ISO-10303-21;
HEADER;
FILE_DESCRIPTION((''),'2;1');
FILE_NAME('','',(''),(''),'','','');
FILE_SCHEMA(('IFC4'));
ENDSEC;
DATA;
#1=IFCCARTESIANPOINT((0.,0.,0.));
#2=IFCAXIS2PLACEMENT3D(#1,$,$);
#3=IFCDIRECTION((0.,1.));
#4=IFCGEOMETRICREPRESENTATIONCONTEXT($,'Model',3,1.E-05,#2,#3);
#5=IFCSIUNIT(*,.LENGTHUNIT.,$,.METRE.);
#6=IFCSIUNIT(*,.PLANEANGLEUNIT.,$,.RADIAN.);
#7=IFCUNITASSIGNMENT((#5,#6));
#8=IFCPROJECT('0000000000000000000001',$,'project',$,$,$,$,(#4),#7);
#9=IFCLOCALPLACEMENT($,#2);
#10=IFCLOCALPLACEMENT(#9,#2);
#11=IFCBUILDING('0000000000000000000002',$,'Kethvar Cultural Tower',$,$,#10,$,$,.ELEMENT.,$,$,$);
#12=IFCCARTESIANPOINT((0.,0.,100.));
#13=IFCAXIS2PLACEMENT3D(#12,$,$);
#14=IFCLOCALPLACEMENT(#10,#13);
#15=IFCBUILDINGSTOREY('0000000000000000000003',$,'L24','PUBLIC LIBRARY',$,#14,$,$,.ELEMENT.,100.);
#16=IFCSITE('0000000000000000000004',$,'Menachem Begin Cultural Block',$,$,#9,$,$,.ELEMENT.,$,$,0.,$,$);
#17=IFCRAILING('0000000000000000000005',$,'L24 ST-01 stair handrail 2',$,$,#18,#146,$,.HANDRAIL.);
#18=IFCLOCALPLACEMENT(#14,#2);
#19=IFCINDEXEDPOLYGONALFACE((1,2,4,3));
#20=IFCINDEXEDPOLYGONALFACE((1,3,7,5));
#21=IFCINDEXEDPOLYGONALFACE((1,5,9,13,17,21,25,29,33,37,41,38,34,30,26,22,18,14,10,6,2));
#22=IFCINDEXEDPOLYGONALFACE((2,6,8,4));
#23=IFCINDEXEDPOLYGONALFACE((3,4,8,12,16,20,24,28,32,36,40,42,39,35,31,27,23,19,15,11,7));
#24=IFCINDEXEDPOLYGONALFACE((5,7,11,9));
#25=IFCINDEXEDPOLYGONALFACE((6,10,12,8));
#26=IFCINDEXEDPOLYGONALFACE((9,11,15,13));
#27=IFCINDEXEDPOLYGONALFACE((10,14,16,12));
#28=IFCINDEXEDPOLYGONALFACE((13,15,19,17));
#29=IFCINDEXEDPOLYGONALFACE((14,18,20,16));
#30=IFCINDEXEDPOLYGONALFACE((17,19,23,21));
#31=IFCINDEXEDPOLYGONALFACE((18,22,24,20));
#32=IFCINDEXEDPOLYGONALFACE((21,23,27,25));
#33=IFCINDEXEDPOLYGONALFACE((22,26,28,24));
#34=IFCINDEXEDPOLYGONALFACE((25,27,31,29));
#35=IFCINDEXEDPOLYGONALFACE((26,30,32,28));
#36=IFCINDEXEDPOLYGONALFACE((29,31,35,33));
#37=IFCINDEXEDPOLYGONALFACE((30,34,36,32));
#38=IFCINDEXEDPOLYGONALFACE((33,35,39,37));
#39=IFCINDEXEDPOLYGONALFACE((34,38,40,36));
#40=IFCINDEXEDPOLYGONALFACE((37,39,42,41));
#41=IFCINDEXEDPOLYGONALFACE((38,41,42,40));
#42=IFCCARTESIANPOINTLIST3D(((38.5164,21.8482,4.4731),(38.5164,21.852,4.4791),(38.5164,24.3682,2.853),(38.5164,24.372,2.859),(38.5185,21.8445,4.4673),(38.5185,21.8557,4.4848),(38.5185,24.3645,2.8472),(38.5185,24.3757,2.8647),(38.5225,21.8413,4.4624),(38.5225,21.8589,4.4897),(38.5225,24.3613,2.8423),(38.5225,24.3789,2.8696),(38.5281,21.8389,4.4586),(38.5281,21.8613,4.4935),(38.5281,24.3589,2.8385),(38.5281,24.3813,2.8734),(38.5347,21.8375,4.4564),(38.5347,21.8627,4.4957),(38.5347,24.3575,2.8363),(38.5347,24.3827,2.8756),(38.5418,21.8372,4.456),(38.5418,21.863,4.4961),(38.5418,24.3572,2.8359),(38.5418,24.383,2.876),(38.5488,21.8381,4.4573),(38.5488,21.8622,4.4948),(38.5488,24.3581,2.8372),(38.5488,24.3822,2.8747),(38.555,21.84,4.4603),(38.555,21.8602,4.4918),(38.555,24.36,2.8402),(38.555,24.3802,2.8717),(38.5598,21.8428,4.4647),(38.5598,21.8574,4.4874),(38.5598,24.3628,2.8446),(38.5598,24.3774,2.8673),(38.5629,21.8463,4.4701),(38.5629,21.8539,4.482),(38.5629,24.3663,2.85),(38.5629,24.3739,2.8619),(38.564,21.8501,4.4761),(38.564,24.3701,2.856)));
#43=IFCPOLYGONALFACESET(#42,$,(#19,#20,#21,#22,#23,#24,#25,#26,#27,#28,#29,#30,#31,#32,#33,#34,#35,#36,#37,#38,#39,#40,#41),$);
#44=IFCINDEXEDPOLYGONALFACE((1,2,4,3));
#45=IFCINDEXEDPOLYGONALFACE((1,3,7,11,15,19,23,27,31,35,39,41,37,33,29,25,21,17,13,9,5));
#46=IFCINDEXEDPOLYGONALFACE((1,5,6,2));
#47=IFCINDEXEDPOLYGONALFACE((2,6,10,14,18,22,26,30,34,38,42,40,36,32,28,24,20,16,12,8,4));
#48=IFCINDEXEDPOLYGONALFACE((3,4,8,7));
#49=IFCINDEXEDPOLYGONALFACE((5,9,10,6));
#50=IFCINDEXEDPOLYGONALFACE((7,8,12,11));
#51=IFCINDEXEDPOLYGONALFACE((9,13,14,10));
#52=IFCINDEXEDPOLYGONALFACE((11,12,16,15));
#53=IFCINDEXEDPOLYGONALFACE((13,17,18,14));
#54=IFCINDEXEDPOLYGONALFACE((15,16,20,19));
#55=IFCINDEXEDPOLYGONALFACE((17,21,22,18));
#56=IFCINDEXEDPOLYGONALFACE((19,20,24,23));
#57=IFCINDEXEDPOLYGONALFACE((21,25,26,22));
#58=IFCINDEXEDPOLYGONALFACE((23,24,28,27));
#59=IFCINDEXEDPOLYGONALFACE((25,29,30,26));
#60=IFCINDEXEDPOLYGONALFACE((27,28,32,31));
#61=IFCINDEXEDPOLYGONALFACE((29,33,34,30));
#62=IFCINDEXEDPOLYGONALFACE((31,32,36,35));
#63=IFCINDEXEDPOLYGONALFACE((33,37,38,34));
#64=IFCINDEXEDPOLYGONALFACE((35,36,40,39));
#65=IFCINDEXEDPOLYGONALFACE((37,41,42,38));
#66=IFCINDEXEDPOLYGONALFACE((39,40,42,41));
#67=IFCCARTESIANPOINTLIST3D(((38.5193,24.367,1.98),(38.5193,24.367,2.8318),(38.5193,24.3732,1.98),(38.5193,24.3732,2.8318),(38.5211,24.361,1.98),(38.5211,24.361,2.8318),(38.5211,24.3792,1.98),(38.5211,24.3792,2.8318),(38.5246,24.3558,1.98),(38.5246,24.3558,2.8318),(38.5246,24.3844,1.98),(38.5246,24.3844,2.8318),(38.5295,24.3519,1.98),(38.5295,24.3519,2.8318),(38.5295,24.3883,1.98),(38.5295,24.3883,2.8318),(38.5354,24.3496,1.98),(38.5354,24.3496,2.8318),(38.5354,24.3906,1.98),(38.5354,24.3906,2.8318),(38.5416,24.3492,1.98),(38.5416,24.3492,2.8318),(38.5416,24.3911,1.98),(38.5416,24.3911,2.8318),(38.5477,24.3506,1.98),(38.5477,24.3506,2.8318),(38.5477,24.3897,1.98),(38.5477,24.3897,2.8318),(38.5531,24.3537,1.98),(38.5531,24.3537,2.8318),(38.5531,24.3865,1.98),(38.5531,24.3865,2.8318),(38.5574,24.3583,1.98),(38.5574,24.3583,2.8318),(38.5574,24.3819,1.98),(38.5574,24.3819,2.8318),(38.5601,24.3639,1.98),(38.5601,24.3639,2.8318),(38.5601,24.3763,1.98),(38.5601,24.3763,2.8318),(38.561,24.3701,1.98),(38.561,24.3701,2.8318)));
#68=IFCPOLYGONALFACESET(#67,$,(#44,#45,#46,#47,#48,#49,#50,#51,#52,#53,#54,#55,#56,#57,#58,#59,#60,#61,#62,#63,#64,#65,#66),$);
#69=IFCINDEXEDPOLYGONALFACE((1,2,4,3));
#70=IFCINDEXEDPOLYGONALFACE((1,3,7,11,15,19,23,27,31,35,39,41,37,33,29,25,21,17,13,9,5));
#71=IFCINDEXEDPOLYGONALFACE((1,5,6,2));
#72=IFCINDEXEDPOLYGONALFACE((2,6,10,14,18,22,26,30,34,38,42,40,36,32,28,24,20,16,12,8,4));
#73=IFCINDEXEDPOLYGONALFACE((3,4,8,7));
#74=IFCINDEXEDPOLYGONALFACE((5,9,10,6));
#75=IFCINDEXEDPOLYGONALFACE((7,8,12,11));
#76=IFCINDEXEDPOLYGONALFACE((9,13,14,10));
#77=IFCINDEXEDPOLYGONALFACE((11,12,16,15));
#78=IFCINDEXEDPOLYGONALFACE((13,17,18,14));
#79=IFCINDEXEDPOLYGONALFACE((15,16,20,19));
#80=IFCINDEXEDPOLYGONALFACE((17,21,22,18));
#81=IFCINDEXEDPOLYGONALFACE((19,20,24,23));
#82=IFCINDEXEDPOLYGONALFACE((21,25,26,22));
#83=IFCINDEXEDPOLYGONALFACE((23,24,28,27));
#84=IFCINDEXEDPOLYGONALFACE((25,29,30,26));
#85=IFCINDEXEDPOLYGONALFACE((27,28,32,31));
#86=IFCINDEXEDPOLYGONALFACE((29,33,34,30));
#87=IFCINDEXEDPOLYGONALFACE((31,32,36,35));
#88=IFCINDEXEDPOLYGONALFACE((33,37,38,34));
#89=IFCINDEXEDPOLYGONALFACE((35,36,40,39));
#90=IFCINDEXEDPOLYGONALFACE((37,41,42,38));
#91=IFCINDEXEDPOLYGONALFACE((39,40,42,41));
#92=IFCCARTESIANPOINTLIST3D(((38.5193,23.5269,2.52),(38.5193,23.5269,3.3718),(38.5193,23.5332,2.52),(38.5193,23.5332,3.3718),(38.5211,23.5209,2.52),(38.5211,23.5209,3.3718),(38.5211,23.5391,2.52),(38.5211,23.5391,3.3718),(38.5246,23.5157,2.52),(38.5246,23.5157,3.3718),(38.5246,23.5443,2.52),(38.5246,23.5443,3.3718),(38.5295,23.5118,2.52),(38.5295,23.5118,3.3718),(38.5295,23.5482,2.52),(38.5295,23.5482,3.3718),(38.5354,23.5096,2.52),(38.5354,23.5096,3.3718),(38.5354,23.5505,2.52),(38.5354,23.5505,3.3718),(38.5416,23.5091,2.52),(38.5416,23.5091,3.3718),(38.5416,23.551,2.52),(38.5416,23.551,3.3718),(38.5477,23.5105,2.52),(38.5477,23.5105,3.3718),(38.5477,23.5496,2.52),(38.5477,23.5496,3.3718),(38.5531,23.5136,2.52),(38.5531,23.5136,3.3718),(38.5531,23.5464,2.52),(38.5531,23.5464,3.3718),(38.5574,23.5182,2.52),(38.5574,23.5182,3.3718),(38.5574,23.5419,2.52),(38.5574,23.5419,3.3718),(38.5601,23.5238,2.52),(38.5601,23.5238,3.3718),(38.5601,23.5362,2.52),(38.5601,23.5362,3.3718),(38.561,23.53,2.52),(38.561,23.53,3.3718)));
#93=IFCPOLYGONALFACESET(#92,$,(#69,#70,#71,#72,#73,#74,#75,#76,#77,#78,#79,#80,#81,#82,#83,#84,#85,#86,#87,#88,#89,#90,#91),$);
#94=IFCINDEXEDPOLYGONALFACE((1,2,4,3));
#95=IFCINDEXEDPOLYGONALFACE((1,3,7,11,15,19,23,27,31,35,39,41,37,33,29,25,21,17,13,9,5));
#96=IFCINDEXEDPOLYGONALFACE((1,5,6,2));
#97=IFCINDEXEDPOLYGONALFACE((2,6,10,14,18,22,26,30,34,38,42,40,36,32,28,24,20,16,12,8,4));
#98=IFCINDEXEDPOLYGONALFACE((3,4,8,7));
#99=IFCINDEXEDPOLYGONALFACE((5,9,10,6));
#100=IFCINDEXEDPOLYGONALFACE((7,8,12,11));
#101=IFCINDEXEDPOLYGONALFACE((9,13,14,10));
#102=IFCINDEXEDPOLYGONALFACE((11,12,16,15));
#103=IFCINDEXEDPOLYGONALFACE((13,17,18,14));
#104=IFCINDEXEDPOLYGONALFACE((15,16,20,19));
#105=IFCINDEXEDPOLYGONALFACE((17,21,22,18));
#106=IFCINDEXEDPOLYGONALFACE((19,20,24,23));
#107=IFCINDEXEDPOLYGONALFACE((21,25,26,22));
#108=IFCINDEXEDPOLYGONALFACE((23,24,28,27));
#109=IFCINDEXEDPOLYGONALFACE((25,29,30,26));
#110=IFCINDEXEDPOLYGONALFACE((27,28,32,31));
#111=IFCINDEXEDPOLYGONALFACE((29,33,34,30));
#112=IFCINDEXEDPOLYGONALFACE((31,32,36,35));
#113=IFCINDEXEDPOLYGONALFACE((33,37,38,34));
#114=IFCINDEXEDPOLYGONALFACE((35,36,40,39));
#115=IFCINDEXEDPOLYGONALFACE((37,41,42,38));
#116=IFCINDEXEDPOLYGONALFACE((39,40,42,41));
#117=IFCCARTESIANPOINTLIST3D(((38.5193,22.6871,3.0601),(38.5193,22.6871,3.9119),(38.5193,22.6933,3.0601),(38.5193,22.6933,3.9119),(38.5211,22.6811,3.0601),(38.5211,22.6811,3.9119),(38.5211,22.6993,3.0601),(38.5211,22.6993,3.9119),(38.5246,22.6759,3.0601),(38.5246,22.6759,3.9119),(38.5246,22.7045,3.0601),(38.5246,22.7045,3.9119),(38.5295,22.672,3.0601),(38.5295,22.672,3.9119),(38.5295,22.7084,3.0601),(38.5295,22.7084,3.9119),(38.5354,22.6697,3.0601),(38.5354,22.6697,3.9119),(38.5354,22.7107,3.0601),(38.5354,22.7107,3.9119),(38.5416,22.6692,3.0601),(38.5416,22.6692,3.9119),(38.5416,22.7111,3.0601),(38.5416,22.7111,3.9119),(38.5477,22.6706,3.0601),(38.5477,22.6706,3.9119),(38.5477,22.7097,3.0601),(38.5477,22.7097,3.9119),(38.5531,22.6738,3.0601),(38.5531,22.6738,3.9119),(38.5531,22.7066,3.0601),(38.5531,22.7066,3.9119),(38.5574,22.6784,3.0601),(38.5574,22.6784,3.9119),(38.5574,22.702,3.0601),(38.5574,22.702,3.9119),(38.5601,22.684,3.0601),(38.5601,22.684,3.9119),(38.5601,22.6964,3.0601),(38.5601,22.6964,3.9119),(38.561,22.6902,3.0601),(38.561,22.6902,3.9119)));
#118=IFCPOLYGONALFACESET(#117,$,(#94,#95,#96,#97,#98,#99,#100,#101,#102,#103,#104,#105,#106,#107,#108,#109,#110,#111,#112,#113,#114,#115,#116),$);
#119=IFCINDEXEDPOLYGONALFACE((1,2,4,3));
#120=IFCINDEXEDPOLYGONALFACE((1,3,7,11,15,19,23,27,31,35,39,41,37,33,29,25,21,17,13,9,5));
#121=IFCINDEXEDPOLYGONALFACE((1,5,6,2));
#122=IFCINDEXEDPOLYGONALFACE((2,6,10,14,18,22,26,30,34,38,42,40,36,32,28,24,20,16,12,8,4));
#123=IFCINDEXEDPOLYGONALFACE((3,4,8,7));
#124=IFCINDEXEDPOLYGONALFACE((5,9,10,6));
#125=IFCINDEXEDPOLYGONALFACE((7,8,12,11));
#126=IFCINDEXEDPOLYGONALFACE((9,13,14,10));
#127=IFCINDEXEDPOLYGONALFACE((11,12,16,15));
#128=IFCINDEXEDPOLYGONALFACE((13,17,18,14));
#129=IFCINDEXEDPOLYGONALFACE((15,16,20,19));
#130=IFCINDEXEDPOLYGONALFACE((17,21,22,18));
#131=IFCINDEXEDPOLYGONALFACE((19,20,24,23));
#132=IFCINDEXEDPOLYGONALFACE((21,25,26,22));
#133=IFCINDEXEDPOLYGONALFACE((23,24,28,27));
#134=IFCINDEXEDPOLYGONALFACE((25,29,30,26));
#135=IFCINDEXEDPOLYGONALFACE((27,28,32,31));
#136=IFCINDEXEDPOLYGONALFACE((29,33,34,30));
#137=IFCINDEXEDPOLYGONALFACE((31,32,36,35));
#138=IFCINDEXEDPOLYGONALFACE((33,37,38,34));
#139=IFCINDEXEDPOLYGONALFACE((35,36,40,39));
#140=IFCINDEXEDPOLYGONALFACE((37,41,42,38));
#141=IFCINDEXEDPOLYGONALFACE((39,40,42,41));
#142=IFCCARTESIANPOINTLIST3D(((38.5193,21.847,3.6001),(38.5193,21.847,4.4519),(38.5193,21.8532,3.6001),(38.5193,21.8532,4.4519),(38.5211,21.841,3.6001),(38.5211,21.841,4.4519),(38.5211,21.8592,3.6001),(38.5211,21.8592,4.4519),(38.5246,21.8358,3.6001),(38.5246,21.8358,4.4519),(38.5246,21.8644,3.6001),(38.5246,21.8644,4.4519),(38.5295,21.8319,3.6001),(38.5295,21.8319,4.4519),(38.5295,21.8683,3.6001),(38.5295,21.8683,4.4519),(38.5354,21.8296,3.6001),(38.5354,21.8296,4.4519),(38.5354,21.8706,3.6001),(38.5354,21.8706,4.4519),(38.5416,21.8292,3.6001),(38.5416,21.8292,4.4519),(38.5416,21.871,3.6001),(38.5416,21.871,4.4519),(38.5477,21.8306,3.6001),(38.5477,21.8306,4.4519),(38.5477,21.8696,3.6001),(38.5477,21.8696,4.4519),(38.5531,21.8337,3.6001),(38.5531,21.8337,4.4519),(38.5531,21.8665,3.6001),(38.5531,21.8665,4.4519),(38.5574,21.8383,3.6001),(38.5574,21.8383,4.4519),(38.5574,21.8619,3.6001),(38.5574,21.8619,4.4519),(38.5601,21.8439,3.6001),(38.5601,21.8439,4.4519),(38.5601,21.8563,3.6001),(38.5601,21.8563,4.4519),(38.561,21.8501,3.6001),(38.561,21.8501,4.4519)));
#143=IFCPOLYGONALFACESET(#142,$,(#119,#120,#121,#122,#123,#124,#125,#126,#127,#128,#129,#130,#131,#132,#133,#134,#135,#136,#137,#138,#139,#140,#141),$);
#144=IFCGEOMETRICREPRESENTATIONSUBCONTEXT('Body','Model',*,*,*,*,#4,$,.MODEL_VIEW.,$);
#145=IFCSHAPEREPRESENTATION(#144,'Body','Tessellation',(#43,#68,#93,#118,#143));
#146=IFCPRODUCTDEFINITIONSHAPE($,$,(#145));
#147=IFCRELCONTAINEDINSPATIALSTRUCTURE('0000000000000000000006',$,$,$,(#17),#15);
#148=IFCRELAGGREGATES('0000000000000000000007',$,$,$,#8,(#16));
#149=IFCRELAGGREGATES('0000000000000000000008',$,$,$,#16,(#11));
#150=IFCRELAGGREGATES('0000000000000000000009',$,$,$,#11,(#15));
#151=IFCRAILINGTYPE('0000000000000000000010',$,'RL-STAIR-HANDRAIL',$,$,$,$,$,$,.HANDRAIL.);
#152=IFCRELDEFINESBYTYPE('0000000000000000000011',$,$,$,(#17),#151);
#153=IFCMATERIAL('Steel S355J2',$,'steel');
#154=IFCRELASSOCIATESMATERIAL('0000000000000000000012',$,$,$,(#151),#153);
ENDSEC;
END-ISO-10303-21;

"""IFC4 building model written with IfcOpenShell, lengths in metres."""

from ifc_helpers import new_model, si_unit, direction, frame, origin, origin_2d, place, context, subcontext, project, spatial, circle, extrude, material, type_object, element, save


model = new_model("IFC4")

# Units and contexts
model_context = context("Model", 3, precision=1e-05, world=origin(), true_north=direction((0.0, 1.0)))
body_context = subcontext(model_context, "Body", "Model", "MODEL_VIEW")
ifc_project = project(units=[si_unit("LENGTHUNIT", "METRE"), si_unit("PLANEANGLEUNIT", "RADIAN")], contexts=[model_context])

# Site, building, storey
site_placement = place(None, origin())
site = spatial("IfcSite", under=ifc_project, at=site_placement, Name="Menachem Begin Cultural Block", CompositionType="ELEMENT", RefElevation=0.0)
building_placement = place(site_placement, origin())
building = spatial("IfcBuilding", under=site, at=building_placement, Name="Kethvar Cultural Tower", CompositionType="ELEMENT")
storey_placement = place(building_placement, frame((0.0, 0.0, 100.0)))
storey = spatial("IfcBuildingStorey", under=building, at=storey_placement, Name="L24", Description="PUBLIC LIBRARY", CompositionType="ELEMENT", Elevation=100.0)

# Shared definitions
ifc_material_1 = material(Name="Steel S355J2", Category="steel")

# Railing
railing_type_1 = type_object("IfcRailingType", Name="RL-STAIR-HANDRAIL", PredefinedType="HANDRAIL", material=ifc_material_1)
railing_1_placement = place(storey_placement, frame((38.54, 24.3701, 1.98)))
element("IfcRailing", 1, at=railing_1_placement, inside=storey, type_object=railing_type_1, Name="L24 ST-01 stair handrail 2", PredefinedType="HANDRAIL", context=body_context, shape_type="SweptSolid", body=[
    extrude(circle(Radius=0.0239, at=origin_2d()), frame((0.0, 0.0, 0.876), z_axis=(0.0, -0.841163, 0.540782), x_axis=(1.0, 0.0, 0.0)), (0.0, 0.0, 1.0), 2.9958),
    extrude(circle(Radius=0.021, at=origin_2d()), origin(), (0.0, 0.0, 1.0), 0.8518),
    extrude(circle(Radius=0.021, at=origin_2d()), frame((0.0, -0.8401, 0.54)), (0.0, 0.0, 1.0), 0.8518),
    extrude(circle(Radius=0.021, at=origin_2d()), frame((0.0, -1.6799, 1.0801)), (0.0, 0.0, 1.0), 0.8518),
    extrude(circle(Radius=0.021, at=origin_2d()), frame((0.0, -2.52, 1.6201)), (0.0, 0.0, 1.0), 0.8518),
])

save(model, "model.ifc")
